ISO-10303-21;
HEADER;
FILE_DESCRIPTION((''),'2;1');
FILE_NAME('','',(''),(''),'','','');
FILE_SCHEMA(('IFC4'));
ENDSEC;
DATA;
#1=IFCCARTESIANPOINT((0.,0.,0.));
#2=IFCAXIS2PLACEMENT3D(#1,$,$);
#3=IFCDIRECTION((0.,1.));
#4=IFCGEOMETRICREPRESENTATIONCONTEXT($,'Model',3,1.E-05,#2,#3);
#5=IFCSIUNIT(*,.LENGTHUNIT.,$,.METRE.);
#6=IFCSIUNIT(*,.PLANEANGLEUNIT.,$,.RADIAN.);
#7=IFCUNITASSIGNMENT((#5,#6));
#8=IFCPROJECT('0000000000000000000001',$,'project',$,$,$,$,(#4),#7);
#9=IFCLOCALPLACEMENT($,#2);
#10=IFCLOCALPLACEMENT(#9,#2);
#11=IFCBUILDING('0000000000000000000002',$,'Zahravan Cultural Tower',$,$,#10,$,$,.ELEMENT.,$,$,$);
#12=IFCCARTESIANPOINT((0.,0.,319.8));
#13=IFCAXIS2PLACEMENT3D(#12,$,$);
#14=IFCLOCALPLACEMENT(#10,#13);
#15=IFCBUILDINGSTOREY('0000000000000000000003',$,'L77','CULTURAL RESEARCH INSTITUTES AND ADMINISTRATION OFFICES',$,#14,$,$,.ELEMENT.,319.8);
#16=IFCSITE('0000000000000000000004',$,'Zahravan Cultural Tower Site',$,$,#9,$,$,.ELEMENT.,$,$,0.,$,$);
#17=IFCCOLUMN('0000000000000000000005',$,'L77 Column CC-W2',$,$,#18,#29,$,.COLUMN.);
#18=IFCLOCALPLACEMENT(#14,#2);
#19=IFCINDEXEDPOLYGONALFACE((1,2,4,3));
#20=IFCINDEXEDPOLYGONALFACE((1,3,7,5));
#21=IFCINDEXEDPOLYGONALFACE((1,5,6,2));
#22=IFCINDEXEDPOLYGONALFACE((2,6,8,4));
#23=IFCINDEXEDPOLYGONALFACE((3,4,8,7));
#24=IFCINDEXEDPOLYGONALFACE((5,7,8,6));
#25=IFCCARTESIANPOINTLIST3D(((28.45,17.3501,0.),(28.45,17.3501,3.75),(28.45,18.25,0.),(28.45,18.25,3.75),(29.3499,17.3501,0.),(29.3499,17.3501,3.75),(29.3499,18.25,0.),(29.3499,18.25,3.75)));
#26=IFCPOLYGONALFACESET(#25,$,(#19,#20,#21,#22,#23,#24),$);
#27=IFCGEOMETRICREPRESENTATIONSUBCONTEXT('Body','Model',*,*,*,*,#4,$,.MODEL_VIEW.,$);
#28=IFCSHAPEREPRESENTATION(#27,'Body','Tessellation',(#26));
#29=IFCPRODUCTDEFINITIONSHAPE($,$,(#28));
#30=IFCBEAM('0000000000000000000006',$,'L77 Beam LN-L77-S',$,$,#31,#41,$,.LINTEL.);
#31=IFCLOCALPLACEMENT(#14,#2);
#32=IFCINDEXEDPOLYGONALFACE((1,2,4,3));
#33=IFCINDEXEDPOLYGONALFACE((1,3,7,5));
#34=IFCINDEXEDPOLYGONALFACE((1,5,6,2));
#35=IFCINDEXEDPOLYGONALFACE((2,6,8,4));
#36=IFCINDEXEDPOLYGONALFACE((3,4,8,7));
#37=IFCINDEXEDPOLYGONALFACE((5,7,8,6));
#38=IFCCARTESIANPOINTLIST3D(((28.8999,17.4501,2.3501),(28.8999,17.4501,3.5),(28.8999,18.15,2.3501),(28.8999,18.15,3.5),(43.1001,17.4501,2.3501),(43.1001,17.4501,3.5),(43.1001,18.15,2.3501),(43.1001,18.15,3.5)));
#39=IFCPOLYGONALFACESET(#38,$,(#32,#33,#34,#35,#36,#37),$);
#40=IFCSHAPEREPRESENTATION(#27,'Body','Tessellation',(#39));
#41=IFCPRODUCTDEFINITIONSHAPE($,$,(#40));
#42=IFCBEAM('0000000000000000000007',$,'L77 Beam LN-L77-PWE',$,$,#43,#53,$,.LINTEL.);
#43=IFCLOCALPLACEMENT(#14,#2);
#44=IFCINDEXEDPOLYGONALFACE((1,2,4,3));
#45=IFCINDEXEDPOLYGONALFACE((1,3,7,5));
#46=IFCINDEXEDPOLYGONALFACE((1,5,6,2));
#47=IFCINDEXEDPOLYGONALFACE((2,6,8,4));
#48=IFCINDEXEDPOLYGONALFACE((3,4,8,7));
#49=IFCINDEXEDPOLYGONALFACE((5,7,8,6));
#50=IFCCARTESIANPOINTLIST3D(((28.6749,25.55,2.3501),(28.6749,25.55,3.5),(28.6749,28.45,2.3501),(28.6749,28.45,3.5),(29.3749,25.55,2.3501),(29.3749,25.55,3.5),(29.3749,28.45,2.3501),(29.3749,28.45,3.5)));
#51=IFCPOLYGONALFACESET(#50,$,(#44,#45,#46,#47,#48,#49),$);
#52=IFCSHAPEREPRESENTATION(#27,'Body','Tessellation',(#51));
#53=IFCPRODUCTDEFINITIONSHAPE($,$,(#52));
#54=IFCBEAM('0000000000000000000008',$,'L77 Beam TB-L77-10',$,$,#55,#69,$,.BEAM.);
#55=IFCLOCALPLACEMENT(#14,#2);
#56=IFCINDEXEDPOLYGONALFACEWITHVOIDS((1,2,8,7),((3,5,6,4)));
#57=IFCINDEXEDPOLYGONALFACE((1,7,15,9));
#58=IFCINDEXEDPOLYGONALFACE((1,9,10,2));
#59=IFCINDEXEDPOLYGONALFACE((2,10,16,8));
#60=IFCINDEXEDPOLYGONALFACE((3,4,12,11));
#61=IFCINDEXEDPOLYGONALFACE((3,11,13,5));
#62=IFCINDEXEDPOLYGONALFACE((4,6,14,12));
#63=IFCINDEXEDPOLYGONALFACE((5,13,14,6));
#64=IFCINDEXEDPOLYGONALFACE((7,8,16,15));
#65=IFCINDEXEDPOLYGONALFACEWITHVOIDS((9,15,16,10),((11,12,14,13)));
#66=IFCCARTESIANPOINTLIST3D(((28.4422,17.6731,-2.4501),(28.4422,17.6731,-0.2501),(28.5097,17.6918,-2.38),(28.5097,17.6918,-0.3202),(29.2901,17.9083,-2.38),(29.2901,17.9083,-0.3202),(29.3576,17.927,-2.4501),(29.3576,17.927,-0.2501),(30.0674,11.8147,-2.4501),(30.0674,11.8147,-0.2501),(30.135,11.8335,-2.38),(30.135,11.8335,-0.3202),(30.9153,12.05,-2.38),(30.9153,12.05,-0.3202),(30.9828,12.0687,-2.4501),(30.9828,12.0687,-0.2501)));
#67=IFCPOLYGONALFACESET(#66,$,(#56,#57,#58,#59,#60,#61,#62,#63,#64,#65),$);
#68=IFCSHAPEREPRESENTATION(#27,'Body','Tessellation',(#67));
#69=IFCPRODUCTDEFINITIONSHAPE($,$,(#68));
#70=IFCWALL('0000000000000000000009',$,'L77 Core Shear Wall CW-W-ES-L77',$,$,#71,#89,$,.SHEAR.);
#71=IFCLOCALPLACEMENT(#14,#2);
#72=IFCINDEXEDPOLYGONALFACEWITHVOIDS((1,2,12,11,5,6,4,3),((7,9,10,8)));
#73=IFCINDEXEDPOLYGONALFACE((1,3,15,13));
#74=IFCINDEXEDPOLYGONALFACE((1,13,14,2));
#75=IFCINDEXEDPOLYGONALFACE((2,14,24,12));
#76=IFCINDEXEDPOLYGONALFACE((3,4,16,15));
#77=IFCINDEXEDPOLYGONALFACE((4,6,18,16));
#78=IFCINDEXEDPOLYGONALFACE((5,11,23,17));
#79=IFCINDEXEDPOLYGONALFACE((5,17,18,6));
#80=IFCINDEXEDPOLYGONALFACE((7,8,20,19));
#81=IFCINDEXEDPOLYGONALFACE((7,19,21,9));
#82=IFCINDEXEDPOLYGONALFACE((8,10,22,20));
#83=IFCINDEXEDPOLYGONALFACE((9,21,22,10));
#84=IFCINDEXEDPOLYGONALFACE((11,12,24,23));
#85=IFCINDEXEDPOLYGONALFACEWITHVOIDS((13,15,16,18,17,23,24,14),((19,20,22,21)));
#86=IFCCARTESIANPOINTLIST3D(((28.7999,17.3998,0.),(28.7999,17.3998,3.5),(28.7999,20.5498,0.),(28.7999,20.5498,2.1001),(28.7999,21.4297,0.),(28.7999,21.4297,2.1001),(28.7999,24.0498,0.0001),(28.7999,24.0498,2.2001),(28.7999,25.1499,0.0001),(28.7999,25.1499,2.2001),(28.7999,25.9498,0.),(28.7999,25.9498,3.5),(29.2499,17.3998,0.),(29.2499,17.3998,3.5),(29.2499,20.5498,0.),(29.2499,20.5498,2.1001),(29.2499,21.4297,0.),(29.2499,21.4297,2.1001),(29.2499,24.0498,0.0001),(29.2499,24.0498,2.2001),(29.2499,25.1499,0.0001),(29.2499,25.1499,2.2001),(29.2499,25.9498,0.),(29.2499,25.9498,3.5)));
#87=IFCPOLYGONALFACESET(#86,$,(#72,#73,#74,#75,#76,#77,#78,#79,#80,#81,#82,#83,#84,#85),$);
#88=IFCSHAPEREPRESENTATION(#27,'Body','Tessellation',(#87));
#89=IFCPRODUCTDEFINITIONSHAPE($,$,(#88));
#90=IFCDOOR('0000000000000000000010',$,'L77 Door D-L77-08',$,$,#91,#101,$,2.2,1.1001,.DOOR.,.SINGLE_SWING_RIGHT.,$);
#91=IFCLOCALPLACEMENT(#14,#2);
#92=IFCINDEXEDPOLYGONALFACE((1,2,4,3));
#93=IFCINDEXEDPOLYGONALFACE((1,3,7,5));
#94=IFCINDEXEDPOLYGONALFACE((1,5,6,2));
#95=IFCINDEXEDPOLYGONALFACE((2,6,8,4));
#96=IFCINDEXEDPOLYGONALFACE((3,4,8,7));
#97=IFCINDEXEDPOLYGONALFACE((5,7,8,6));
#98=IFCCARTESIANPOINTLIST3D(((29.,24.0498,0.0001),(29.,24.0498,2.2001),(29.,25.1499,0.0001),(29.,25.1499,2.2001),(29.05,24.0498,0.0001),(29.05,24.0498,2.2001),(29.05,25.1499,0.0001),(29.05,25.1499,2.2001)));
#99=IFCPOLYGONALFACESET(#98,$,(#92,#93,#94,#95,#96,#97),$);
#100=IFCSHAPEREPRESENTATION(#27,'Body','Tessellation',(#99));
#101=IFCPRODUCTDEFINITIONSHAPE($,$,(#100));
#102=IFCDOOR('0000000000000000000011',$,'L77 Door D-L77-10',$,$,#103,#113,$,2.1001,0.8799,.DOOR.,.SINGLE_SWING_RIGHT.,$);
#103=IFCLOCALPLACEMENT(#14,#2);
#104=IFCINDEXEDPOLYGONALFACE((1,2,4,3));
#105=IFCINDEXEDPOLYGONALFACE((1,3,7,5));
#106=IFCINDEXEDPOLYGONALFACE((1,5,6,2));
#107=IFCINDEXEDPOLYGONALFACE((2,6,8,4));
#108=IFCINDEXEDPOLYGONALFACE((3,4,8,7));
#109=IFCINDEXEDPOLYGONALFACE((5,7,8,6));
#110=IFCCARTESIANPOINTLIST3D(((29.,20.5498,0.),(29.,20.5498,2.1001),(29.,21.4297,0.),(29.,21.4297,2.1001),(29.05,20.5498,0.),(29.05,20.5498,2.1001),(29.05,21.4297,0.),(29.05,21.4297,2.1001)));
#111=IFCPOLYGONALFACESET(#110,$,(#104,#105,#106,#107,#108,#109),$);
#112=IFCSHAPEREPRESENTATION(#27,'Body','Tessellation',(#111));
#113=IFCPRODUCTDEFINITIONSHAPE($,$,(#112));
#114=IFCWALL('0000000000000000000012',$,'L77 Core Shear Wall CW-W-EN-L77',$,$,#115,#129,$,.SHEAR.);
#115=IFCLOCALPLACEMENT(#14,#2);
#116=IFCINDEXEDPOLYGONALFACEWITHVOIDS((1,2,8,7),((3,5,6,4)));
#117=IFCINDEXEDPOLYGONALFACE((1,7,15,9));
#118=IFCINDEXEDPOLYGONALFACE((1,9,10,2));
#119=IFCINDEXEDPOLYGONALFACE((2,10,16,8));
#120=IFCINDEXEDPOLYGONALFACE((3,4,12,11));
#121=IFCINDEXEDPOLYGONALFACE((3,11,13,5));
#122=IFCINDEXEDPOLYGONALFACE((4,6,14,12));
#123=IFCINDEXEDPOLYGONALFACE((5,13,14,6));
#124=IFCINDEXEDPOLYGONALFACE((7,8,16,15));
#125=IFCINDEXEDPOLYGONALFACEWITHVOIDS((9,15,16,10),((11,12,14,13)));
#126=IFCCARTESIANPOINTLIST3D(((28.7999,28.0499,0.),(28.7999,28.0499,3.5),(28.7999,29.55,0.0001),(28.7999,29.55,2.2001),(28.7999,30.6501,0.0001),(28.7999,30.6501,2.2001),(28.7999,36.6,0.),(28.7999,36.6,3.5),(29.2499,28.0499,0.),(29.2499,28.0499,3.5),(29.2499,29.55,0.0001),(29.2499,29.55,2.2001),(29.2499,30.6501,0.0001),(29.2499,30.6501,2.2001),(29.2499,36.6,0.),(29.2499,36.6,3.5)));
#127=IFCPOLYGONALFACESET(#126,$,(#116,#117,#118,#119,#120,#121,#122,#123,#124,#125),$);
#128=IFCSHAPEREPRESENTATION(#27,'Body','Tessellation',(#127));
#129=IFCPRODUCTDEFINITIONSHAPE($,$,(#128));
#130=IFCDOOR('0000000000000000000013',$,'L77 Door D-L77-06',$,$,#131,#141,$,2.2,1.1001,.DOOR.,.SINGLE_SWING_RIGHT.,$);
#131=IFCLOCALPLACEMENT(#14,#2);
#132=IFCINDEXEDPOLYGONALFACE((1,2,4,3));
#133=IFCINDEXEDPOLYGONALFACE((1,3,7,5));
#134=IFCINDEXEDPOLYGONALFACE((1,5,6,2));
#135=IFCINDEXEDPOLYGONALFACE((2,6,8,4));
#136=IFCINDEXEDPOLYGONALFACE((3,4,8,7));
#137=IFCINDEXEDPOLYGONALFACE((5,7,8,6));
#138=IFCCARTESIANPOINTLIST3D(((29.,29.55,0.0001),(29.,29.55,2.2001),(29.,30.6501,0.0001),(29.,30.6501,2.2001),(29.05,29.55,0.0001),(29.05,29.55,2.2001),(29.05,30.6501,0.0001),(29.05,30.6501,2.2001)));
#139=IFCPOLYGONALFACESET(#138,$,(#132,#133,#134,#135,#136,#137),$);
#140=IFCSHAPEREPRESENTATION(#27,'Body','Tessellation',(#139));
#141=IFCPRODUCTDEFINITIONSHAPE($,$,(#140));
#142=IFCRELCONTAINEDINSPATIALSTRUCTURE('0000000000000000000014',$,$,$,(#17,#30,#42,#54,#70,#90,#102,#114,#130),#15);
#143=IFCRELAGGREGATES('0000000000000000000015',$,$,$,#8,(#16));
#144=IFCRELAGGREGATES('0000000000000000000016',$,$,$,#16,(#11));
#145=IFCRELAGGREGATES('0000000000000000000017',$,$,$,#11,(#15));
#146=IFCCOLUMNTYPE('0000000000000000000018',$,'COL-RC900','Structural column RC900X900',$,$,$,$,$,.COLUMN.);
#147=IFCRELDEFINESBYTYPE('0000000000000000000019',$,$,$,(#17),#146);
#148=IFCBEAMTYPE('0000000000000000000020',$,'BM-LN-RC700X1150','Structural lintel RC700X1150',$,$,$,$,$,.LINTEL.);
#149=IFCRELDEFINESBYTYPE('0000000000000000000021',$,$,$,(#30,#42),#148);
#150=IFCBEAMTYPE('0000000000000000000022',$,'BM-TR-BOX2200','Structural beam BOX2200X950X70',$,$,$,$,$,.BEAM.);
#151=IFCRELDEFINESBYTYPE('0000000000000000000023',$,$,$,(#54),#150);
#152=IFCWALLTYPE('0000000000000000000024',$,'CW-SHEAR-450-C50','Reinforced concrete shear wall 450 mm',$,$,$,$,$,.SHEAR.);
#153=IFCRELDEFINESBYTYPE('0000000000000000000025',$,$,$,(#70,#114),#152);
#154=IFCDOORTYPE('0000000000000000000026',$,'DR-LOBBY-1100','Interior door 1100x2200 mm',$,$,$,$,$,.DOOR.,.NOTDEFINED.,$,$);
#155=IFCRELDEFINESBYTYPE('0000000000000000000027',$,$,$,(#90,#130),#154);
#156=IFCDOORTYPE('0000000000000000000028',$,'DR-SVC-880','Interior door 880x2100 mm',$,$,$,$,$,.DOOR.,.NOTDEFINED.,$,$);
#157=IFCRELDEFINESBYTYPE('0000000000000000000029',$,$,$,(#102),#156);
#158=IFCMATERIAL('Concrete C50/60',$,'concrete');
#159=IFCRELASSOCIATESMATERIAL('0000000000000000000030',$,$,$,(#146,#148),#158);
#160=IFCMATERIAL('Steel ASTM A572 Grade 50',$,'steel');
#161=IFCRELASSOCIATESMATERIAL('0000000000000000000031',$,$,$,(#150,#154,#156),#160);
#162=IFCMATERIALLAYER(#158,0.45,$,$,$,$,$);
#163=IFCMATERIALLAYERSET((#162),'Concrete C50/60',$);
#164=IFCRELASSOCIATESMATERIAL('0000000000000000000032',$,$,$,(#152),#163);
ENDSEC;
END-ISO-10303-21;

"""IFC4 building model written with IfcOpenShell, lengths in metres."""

from ifc_helpers import new_model, si_unit, direction, frame, frame_2d, origin, origin_2d, place, context, subcontext, project, spatial, rectangle, hollow_rectangle, extrude, source, transform, mapped, material, layer, layer_set, material_profile, profile_set, type_object, element, fill, save


model = new_model("IFC4")

# Units and contexts
model_context = context("Model", 3, precision=1e-05, world=origin(), true_north=direction((0.0, 1.0)))
body_context = subcontext(model_context, "Body", "Model", "MODEL_VIEW")
ifc_project = project(units=[si_unit("LENGTHUNIT", "METRE"), si_unit("PLANEANGLEUNIT", "RADIAN")], contexts=[model_context])

# Site, building, storey
site_placement = place(None, origin())
site = spatial("IfcSite", under=ifc_project, at=site_placement, Name="Zahravan Cultural Tower Site", CompositionType="ELEMENT", RefElevation=0.0)
building_placement = place(site_placement, origin())
building = spatial("IfcBuilding", under=site, at=building_placement, Name="Zahravan Cultural Tower", CompositionType="ELEMENT")
storey_placement = place(building_placement, frame((0.0, 0.0, 319.8)))
storey = spatial("IfcBuildingStorey", under=building, at=storey_placement, Name="L77", Description="CULTURAL RESEARCH INSTITUTES AND ADMINISTRATION OFFICES", CompositionType="ELEMENT", Elevation=319.8)

# Column
ifc_material_1 = material(Name="Concrete C50/60", Category="concrete")
ifc_material_profile_1 = material_profile(ifc_material_1, rectangle(XDim=0.8999, YDim=0.8999, at=origin_2d()), Name="RC900X900")
ifc_profile_set_1 = profile_set([ifc_material_profile_1], Name="Concrete C50/60")
column_type = type_object("IfcColumnType", Name="COL-RC900", Description="Structural column RC900X900", PredefinedType="COLUMN", material=ifc_profile_set_1)
shared_shape_1 = source(origin(), body_context, "Body", "SweptSolid", [
    extrude(rectangle(XDim=0.8999, YDim=0.8999, at=origin_2d()), origin(), (0.0, 0.0, 1.0), 3.75),
])
column_placement = place(storey_placement, frame((28.8999, 17.8, 0.0), z_axis=(0.0, 0.0, 1.0), x_axis=(1.0, 0.0, 0.0)))
element("IfcColumn", 1, at=column_placement, inside=storey, type_object=column_type, Name="L77 Column CC-W2", PredefinedType="COLUMN", context=body_context, shape_type="MappedRepresentation", body=[
    mapped(shared_shape_1, transform((0.0, 0.0, 0.0), x_axis=(1.0, 0.0, 0.0), y_axis=(0.0, 1.0, 0.0), z_axis=(0.0, 0.0, 1.0), scale=1.0)),
])

# Beams
ifc_material_profile_2 = material_profile(ifc_material_1, rectangle(XDim=0.7, YDim=1.1499, at=origin_2d()), Name="RC700X1150")
ifc_profile_set_2 = profile_set([ifc_material_profile_2], Name="Concrete C50/60")
beam_type_1 = type_object("IfcBeamType", Name="BM-LN-RC700X1150", Description="Structural lintel RC700X1150", PredefinedType="LINTEL", material=ifc_profile_set_2)
shared_shape_2 = source(origin(), body_context, "Body", "SweptSolid", [
    extrude(rectangle(XDim=0.7, YDim=1.1499, at=origin_2d()), origin(), (0.0, 0.0, 1.0), 14.2002),
])
beam_1_placement = place(storey_placement, frame((28.8999, 17.8, 2.925), z_axis=(1.0, 0.0, 0.0), x_axis=(0.0, 1.0, 0.0)))
element("IfcBeam", 2, at=beam_1_placement, inside=storey, type_object=beam_type_1, Name="L77 Beam LN-L77-S", PredefinedType="LINTEL", context=body_context, shape_type="MappedRepresentation", body=[
    mapped(shared_shape_2, transform((0.0, 0.0, 0.0), x_axis=(1.0, 0.0, 0.0), y_axis=(0.0, 1.0, 0.0), z_axis=(0.0, 0.0, 1.0), scale=1.0)),
])
shared_shape_3 = source(origin(), body_context, "Body", "SweptSolid", [
    extrude(rectangle(XDim=0.7, YDim=1.1499, at=origin_2d()), origin(), (0.0, 0.0, 1.0), 2.8999),
])
beam_2_placement = place(storey_placement, frame((29.0249, 25.55, 2.925), z_axis=(0.0, 1.0, 0.0), x_axis=(-1.0, 0.0, 0.0)))
element("IfcBeam", 3, at=beam_2_placement, inside=storey, type_object=beam_type_1, Name="L77 Beam LN-L77-PWE", PredefinedType="LINTEL", context=body_context, shape_type="MappedRepresentation", body=[
    mapped(shared_shape_3, transform((0.0, 0.0, 0.0), x_axis=(1.0, 0.0, 0.0), y_axis=(0.0, 1.0, 0.0), z_axis=(0.0, 0.0, 1.0), scale=1.0)),
])
ifc_material_2 = material(Name="Steel ASTM A572 Grade 50", Category="steel")
ifc_material_profile_3 = material_profile(ifc_material_2, hollow_rectangle(XDim=0.95, YDim=2.2, WallThickness=0.0701, at=origin_2d()), Name="BOX2200X950X70")
ifc_profile_set_3 = profile_set([ifc_material_profile_3], Name="Steel ASTM A572 Grade 50")
beam_type_2 = type_object("IfcBeamType", Name="BM-TR-BOX2200", Description="Structural beam BOX2200X950X70", PredefinedType="BEAM", material=ifc_profile_set_3)
shared_shape_4 = source(origin(), body_context, "Body", "SweptSolid", [
    extrude(hollow_rectangle(XDim=0.95, YDim=2.2, WallThickness=0.0701, at=origin_2d()), origin(), (0.0, 0.0, 1.0), 6.0796),
])
beam_3_placement = place(storey_placement, frame((28.8999, 17.8, -1.3501), z_axis=(0.267325, -0.963606, 0.0), x_axis=(0.963606, 0.267325, 0.0)))
element("IfcBeam", 4, at=beam_3_placement, inside=storey, type_object=beam_type_2, Name="L77 Beam TB-L77-10", PredefinedType="BEAM", context=body_context, shape_type="MappedRepresentation", body=[
    mapped(shared_shape_4, transform((0.0, 0.0, 0.0), x_axis=(1.0, 0.0, 0.0), y_axis=(0.0, 1.0, 0.0), z_axis=(0.0, 0.0, 1.0), scale=1.0)),
])

# Wall, openings, doors
ifc_layer_1 = layer(ifc_material_1, 0.45)
ifc_layer_set_1 = layer_set([ifc_layer_1], Name="Concrete C50/60")
wall_type_1 = type_object("IfcWallType", Name="CW-SHEAR-450-C50", Description="Reinforced concrete shear wall 450 mm", PredefinedType="SHEAR", material=ifc_layer_set_1)
wall_1_placement = place(storey_placement, frame((29.0249, 17.3999, 0.0), z_axis=(0.0, 0.0, 1.0), x_axis=(0.0, 1.0, 0.0)))
wall_1 = element("IfcWall", 5, at=wall_1_placement, inside=storey, type_object=wall_type_1, Name="L77 Core Shear Wall CW-W-ES-L77", PredefinedType="SHEAR", context=body_context, shape_type="SweptSolid", body=[
    extrude(rectangle(XDim=8.55, YDim=0.45, at=frame_2d((4.2749, 0.0))), origin(), (0.0, 0.0, 1.0), 3.5),
])
opening_1_placement = place(wall_1_placement, frame((6.6499, 0.0, 0.0)))
opening_1 = element("IfcOpeningElement", 6, at=opening_1_placement, cuts=wall_1, PredefinedType="OPENING", context=body_context, shape_type="SweptSolid", body=[
    extrude(rectangle(XDim=1.1001, YDim=2.2, at=frame_2d((0.55, 1.1001))), frame((0.0, 0.2349, 0.0), z_axis=(0.0, -1.0, 0.0), x_axis=(1.0, 0.0, 0.0)), (0.0, 0.0, 1.0), 0.47),
])
opening_2_placement = place(wall_1_placement, frame((3.1499, 0.0, 0.0)))
opening_2 = element("IfcOpeningElement", 7, at=opening_2_placement, cuts=wall_1, PredefinedType="OPENING", context=body_context, shape_type="SweptSolid", body=[
    extrude(rectangle(XDim=0.8799, YDim=2.1001, at=frame_2d((0.4399, 1.05))), frame((0.0, 0.2349, 0.0), z_axis=(0.0, -1.0, 0.0), x_axis=(1.0, 0.0, 0.0)), (0.0, 0.0, 1.0), 0.47),
])
door_type_1 = type_object("IfcDoorType", Name="DR-LOBBY-1100", Description="Interior door 1100x2200 mm", OperationType="NOTDEFINED", PredefinedType="DOOR", material=ifc_material_2)
shared_shape_5 = source(origin(), body_context, "Body", "SweptSolid", [
    extrude(rectangle(XDim=1.1001, YDim=2.2, at=frame_2d((0.55, 1.1001))), frame((0.0, 0.0249, 0.0), z_axis=(0.0, -1.0, 0.0), x_axis=(1.0, 0.0, 0.0)), (0.0, 0.0, 1.0), 0.05),
])
door_1_placement = place(opening_1_placement, origin())
door_1 = element("IfcDoor", 8, at=door_1_placement, inside=storey, type_object=door_type_1, Name="L77 Door D-L77-08", OperationType="SINGLE_SWING_RIGHT", OverallHeight=2.2, OverallWidth=1.1001, PredefinedType="DOOR", context=body_context, shape_type="MappedRepresentation", body=[
    mapped(shared_shape_5, transform((0.0, 0.0, 0.0), x_axis=(1.0, 0.0, 0.0), y_axis=(0.0, 1.0, 0.0), z_axis=(0.0, 0.0, 1.0), scale=1.0)),
])
fill(opening_1, door_1)
door_type_2 = type_object("IfcDoorType", Name="DR-SVC-880", Description="Interior door 880x2100 mm", OperationType="NOTDEFINED", PredefinedType="DOOR", material=ifc_material_2)
shared_shape_6 = source(origin(), body_context, "Body", "SweptSolid", [
    extrude(rectangle(XDim=0.8799, YDim=2.1001, at=frame_2d((0.4399, 1.05))), frame((0.0, 0.0249, 0.0), z_axis=(0.0, -1.0, 0.0), x_axis=(1.0, 0.0, 0.0)), (0.0, 0.0, 1.0), 0.05),
])
door_2_placement = place(opening_2_placement, origin())
door_2 = element("IfcDoor", 9, at=door_2_placement, inside=storey, type_object=door_type_2, Name="L77 Door D-L77-10", OperationType="SINGLE_SWING_RIGHT", OverallHeight=2.1001, OverallWidth=0.8799, PredefinedType="DOOR", context=body_context, shape_type="MappedRepresentation", body=[
    mapped(shared_shape_6, transform((0.0, 0.0, 0.0), x_axis=(1.0, 0.0, 0.0), y_axis=(0.0, 1.0, 0.0), z_axis=(0.0, 0.0, 1.0), scale=1.0)),
])
fill(opening_2, door_2)

# Wall, opening, door
wall_2_placement = place(storey_placement, frame((29.0249, 28.05, 0.0), z_axis=(0.0, 0.0, 1.0), x_axis=(0.0, 1.0, 0.0)))
wall_2 = element("IfcWall", 10, at=wall_2_placement, inside=storey, type_object=wall_type_1, Name="L77 Core Shear Wall CW-W-EN-L77", PredefinedType="SHEAR", context=body_context, shape_type="SweptSolid", body=[
    extrude(rectangle(XDim=8.55, YDim=0.45, at=frame_2d((4.2749, 0.0))), origin(), (0.0, 0.0, 1.0), 3.5),
])
opening_3_placement = place(wall_2_placement, frame((1.5, 0.0, 0.0)))
opening_3 = element("IfcOpeningElement", 11, at=opening_3_placement, cuts=wall_2, PredefinedType="OPENING", context=body_context, shape_type="SweptSolid", body=[
    extrude(rectangle(XDim=1.1001, YDim=2.2, at=frame_2d((0.55, 1.1001))), frame((0.0, 0.2349, 0.0), z_axis=(0.0, -1.0, 0.0), x_axis=(1.0, 0.0, 0.0)), (0.0, 0.0, 1.0), 0.47),
])
door_3_placement = place(opening_3_placement, origin())
door_3 = element("IfcDoor", 12, at=door_3_placement, inside=storey, type_object=door_type_1, Name="L77 Door D-L77-06", OperationType="SINGLE_SWING_RIGHT", OverallHeight=2.2, OverallWidth=1.1001, PredefinedType="DOOR", context=body_context, shape_type="MappedRepresentation", body=[
    mapped(shared_shape_5, transform((0.0, 0.0, 0.0), x_axis=(1.0, 0.0, 0.0), y_axis=(0.0, 1.0, 0.0), z_axis=(0.0, 0.0, 1.0), scale=1.0)),
])
fill(opening_3, door_3)

save(model, "model.ifc")
